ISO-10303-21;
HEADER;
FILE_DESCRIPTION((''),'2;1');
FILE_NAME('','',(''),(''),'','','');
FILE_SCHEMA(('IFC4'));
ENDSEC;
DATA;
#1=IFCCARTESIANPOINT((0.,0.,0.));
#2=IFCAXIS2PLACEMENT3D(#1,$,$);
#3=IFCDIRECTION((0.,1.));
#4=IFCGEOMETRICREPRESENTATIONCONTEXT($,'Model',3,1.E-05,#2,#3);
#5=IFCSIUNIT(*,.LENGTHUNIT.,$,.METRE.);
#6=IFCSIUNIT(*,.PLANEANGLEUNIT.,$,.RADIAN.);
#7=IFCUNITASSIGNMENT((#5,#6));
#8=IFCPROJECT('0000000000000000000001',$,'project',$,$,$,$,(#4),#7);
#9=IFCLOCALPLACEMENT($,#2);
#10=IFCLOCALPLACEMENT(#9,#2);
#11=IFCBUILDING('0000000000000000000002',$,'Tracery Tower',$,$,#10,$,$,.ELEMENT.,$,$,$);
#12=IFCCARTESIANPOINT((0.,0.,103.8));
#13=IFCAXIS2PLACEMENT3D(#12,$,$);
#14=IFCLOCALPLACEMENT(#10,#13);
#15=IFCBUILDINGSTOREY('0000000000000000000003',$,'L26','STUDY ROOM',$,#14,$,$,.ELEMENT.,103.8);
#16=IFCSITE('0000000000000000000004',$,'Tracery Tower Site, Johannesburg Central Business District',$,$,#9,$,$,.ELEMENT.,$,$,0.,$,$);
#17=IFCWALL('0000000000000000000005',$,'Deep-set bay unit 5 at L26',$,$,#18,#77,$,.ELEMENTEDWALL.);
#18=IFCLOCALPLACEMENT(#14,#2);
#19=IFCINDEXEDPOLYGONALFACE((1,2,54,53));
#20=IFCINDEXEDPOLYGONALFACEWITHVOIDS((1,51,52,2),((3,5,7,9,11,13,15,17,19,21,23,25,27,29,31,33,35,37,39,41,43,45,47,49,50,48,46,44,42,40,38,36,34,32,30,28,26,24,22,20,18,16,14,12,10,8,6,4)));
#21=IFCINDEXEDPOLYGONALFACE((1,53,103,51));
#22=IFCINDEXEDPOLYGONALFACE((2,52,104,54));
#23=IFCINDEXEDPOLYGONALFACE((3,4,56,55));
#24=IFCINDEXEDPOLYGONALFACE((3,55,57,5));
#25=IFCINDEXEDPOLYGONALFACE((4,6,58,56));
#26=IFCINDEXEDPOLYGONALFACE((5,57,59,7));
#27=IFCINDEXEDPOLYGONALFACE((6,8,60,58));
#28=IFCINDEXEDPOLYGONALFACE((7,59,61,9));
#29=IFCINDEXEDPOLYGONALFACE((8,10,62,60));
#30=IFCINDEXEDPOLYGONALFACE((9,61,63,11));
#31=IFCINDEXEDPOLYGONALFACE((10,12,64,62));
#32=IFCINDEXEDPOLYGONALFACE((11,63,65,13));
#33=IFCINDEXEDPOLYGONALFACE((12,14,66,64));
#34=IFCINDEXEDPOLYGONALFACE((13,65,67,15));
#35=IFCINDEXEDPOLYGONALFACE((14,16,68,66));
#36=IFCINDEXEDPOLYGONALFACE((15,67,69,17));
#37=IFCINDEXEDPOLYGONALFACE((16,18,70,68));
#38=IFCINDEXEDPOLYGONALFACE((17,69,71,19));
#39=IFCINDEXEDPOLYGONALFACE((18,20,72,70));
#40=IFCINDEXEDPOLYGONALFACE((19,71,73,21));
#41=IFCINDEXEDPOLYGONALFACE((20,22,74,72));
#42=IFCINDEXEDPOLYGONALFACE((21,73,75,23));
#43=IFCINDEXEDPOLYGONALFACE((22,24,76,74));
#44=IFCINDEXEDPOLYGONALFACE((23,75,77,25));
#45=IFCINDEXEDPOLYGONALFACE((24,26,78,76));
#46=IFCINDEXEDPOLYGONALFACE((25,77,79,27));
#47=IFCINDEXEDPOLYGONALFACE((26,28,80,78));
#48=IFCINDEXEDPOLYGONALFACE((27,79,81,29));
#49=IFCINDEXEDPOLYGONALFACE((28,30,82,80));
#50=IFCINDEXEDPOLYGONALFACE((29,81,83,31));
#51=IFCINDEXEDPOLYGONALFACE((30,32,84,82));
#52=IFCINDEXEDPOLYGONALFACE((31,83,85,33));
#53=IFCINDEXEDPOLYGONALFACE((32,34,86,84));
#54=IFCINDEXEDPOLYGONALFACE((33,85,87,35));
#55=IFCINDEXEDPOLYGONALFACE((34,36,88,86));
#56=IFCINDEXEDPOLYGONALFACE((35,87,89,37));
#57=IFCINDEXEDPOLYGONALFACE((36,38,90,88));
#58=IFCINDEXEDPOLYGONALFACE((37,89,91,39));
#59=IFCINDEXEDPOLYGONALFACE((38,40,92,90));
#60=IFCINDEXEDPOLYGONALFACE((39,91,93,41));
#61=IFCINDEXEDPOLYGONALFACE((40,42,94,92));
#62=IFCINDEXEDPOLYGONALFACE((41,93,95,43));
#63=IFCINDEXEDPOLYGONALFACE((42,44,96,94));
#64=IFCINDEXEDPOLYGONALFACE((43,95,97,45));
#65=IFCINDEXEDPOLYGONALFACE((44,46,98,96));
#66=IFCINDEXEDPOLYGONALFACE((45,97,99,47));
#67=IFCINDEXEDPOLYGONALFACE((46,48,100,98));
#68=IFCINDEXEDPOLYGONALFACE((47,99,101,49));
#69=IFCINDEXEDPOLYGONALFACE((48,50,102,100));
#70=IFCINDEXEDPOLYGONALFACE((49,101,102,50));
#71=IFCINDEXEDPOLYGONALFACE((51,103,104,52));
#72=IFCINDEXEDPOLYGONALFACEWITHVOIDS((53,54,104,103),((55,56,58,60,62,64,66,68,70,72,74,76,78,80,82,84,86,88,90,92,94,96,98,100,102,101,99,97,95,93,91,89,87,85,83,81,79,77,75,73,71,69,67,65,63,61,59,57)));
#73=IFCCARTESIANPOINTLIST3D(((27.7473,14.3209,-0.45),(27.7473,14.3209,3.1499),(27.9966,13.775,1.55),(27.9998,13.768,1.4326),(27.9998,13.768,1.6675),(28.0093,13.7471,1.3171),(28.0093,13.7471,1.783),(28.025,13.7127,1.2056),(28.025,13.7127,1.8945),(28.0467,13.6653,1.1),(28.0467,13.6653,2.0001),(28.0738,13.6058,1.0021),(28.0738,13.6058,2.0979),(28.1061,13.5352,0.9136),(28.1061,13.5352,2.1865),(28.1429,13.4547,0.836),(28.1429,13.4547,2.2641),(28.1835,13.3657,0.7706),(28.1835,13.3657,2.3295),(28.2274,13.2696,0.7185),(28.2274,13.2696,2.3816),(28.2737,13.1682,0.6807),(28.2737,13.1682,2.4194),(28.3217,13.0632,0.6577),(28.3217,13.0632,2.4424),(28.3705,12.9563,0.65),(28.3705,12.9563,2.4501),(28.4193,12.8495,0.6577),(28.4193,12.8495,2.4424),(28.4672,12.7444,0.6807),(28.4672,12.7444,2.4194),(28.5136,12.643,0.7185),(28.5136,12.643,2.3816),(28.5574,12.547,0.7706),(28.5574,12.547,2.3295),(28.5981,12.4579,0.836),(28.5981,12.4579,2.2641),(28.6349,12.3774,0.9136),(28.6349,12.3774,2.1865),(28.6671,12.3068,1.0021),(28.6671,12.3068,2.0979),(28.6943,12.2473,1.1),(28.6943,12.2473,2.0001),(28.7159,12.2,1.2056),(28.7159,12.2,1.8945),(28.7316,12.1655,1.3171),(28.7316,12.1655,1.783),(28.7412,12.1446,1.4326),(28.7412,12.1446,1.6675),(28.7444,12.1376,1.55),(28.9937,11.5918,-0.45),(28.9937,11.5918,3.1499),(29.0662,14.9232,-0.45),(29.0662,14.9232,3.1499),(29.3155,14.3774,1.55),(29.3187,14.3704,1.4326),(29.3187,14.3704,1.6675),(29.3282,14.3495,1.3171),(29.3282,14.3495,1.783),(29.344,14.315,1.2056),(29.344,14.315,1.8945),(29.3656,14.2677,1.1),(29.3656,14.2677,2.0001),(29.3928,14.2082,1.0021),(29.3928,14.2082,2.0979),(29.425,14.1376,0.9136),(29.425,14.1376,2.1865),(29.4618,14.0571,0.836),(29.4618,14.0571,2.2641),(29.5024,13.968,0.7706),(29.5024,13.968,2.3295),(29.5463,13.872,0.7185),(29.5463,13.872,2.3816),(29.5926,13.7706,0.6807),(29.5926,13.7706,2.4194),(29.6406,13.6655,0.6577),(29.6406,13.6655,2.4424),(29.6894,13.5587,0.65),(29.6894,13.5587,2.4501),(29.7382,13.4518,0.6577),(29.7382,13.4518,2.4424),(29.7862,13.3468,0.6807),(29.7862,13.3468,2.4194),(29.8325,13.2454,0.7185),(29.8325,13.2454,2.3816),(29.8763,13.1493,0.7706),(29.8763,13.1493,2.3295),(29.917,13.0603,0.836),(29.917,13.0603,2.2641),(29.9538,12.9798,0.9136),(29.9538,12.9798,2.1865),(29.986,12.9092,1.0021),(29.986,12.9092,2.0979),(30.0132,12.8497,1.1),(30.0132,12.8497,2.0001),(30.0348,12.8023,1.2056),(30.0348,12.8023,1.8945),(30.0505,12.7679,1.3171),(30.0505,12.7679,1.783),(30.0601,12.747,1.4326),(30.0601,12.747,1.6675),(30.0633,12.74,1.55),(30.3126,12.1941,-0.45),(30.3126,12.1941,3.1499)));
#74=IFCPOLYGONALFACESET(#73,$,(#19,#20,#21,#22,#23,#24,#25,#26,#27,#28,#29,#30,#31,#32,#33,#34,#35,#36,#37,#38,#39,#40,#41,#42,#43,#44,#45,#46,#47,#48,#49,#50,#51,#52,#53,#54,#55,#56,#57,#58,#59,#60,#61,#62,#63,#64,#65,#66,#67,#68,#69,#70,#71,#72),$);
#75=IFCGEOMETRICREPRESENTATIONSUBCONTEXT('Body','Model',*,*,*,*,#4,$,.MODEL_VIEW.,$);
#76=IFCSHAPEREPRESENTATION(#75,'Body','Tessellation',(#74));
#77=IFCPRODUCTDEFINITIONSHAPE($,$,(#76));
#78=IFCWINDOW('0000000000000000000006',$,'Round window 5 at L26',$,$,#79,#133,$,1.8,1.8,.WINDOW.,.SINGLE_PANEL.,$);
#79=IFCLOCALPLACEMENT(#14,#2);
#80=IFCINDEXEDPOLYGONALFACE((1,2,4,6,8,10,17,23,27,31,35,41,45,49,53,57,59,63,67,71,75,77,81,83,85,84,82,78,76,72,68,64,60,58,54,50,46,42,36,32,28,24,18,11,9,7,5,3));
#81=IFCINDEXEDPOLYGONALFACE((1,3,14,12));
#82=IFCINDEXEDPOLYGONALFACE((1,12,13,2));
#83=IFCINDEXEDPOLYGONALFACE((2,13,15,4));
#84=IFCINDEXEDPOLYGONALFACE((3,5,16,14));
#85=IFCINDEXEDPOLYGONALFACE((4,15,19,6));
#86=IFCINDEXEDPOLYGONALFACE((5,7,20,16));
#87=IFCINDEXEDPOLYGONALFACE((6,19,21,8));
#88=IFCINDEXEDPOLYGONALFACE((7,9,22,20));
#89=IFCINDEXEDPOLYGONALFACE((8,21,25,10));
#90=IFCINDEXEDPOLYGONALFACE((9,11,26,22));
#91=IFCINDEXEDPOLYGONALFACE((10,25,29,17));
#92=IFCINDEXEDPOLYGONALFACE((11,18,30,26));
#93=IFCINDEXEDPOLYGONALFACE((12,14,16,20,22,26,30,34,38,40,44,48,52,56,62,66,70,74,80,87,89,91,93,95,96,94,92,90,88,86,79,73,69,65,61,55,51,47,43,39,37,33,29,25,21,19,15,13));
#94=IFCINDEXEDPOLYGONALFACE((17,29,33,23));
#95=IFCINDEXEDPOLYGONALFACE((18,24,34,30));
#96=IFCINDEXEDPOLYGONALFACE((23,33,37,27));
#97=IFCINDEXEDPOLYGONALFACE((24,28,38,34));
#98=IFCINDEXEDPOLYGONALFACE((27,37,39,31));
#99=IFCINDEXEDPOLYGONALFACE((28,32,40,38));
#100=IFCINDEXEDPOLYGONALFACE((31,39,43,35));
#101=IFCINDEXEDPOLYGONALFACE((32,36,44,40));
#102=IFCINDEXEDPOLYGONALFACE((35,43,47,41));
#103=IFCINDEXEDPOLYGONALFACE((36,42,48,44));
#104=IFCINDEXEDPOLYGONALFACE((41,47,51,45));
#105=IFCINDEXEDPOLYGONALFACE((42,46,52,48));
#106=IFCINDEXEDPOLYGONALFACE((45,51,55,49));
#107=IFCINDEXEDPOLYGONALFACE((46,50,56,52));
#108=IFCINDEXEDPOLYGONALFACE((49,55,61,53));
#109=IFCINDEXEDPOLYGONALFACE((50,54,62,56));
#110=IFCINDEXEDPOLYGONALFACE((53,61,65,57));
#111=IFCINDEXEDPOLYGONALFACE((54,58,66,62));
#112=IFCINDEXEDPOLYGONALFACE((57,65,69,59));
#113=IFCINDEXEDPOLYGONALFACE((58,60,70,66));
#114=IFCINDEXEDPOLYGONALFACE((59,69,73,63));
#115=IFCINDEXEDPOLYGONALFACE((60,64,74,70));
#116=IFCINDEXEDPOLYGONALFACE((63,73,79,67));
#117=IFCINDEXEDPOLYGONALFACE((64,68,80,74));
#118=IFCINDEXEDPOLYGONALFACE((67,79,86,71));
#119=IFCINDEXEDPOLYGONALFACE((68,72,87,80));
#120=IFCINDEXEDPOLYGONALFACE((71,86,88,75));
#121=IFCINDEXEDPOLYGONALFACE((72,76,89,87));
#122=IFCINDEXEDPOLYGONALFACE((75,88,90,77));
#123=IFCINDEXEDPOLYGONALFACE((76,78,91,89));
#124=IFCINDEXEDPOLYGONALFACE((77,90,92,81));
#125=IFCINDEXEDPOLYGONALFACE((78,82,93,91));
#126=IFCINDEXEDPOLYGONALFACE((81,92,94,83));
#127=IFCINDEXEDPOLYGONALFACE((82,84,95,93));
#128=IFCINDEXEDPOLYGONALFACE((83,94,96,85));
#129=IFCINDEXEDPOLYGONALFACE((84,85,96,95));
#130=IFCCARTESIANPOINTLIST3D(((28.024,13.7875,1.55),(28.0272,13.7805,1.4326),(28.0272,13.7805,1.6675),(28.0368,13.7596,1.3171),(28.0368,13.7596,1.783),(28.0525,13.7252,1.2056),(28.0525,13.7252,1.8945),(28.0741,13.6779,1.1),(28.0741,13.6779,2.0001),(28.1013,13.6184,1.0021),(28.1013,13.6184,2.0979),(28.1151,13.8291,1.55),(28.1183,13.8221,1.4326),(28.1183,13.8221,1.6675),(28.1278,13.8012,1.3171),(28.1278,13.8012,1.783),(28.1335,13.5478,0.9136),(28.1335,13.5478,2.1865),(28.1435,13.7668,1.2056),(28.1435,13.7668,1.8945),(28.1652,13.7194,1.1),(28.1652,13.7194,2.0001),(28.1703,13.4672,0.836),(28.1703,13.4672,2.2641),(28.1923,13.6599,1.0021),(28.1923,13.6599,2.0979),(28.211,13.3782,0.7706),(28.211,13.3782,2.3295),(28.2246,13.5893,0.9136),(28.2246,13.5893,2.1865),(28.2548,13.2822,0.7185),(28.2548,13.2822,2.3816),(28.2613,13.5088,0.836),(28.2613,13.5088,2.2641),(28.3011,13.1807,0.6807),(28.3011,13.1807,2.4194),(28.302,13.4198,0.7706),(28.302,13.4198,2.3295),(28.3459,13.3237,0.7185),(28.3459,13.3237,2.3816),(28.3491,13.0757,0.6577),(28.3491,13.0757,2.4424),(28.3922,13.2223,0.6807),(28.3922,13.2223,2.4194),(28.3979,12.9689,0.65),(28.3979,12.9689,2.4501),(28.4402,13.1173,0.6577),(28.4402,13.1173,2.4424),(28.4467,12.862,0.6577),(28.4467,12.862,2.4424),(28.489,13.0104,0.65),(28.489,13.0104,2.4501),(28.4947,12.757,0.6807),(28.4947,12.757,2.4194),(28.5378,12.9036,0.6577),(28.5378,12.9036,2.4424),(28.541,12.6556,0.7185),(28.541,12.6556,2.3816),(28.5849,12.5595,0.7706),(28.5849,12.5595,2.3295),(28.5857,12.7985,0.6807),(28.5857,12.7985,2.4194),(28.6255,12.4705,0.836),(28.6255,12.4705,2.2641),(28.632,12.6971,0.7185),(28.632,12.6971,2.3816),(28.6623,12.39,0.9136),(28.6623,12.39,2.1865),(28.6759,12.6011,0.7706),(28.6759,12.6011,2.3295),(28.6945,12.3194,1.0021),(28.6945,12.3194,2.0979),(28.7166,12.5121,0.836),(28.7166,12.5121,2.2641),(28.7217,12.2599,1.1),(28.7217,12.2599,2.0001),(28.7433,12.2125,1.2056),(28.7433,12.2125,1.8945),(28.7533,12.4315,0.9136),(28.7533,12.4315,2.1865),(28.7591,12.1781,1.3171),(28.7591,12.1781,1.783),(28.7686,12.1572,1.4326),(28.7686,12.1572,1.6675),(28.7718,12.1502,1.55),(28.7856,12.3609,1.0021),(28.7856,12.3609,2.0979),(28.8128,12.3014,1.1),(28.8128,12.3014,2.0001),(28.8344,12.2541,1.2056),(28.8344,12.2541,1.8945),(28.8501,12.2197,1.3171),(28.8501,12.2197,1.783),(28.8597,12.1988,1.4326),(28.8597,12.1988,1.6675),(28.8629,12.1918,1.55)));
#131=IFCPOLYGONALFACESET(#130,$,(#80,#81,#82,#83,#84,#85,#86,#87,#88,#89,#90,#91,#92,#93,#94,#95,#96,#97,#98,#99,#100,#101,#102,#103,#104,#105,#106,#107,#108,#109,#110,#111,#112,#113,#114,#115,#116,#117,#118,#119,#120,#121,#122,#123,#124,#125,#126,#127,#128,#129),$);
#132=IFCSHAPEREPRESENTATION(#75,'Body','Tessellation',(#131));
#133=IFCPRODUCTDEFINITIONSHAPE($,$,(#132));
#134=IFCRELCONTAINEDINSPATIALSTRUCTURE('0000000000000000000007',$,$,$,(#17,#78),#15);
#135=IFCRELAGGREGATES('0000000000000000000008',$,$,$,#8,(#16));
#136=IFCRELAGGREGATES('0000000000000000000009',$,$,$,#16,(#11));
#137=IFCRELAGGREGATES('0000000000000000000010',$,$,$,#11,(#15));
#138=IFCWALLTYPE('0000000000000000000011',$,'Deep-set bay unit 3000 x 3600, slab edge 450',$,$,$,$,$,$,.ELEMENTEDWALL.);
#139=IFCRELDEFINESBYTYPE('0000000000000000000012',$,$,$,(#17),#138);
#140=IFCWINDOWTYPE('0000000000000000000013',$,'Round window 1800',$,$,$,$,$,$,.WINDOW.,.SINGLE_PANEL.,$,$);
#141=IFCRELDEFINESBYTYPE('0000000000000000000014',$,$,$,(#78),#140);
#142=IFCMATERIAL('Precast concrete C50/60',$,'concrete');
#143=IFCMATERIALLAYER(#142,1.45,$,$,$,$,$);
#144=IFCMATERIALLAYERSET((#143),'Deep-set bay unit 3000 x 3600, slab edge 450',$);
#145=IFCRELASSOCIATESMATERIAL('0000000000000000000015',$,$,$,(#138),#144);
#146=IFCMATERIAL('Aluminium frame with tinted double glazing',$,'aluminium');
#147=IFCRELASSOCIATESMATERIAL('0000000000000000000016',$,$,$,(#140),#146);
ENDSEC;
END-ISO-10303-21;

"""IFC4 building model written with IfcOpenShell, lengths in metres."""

from ifc_helpers import new_model, si_unit, direction, frame, frame_2d, origin, origin_2d, place, context, subcontext, project, spatial, rectangle, circle, extrude, material, layer, layer_set, type_object, element, fill, save


model = new_model("IFC4")

# Units and contexts
model_context = context("Model", 3, precision=1e-05, world=origin(), true_north=direction((0.0, 1.0)))
body_context = subcontext(model_context, "Body", "Model", "MODEL_VIEW")
ifc_project = project(units=[si_unit("LENGTHUNIT", "METRE"), si_unit("PLANEANGLEUNIT", "RADIAN")], contexts=[model_context])

# Site, building, storey
site_placement = place(None, origin())
site = spatial("IfcSite", under=ifc_project, at=site_placement, Name="Tracery Tower Site, Johannesburg Central Business District", CompositionType="ELEMENT", RefElevation=0.0)
building_placement = place(site_placement, origin())
building = spatial("IfcBuilding", under=site, at=building_placement, Name="Tracery Tower", CompositionType="ELEMENT")
storey_placement = place(building_placement, frame((0.0, 0.0, 103.8)))
storey = spatial("IfcBuildingStorey", under=building, at=storey_placement, Name="L26", Description="STUDY ROOM", CompositionType="ELEMENT", Elevation=103.8)

# Wall, opening, window
ifc_material_1 = material(Name="Precast concrete C50/60", Category="concrete")
ifc_layer_1 = layer(ifc_material_1, 1.45)
ifc_layer_set_1 = layer_set([ifc_layer_1], Name="Deep-set bay unit 3000 x 3600, slab edge 450")
wall_type_1 = type_object("IfcWallType", Name="Deep-set bay unit 3000 x 3600, slab edge 450", PredefinedType="ELEMENTEDWALL", material=ifc_layer_set_1)
ifc_material_2 = material(Name="Aluminium frame with tinted double glazing", Category="aluminium")
window_type = type_object("IfcWindowType", Name="Round window 1800", PartitioningType="SINGLE_PANEL", PredefinedType="WINDOW", material=ifc_material_2)
wall_1_placement = place(storey_placement, frame((29.6531, 11.8931, -0.45), z_axis=(0.0, 0.0, 1.0), x_axis=(-0.415427, 0.909627, 0.0)))
wall_1 = element("IfcWall", 1, at=wall_1_placement, inside=storey, type_object=wall_type_1, Name="Deep-set bay unit 5 at L26", PredefinedType="ELEMENTEDWALL", context=body_context, shape_type="SweptSolid", body=[
    extrude(rectangle(XDim=3.0002, YDim=1.45, at=frame_2d((1.5, 0.0))), origin(), (0.0, 0.0, 1.0), 3.5999),
])
opening_1_placement = place(wall_1_placement, frame((1.5, 0.0, 2.0)))
opening_1 = element("IfcOpeningElement", 2, at=opening_1_placement, cuts=wall_1, PredefinedType="OPENING", context=body_context, shape_type="SweptSolid", body=[
    extrude(circle(Radius=0.9, at=origin_2d()), frame((0.0, 0.7349, 0.0), z_axis=(0.0, -1.0, 0.0), x_axis=(1.0, 0.0, 0.0)), (0.0, 0.0, 1.0), 1.47),
])
window_1_placement = place(opening_1_placement, origin())
window_1 = element("IfcWindow", 3, at=window_1_placement, inside=storey, type_object=window_type, Name="Round window 5 at L26", OverallHeight=1.8, OverallWidth=1.8, PartitioningType="SINGLE_PANEL", PredefinedType="WINDOW", context=body_context, shape_type="SweptSolid", body=[
    extrude(circle(Radius=0.9, at=origin_2d()), frame((0.0, 0.6948, 0.0), z_axis=(0.0, -1.0, 0.0), x_axis=(1.0, 0.0, 0.0)), (0.0, 0.0, 1.0), 0.1001),
])
fill(opening_1, window_1)

save(model, "model.ifc")
